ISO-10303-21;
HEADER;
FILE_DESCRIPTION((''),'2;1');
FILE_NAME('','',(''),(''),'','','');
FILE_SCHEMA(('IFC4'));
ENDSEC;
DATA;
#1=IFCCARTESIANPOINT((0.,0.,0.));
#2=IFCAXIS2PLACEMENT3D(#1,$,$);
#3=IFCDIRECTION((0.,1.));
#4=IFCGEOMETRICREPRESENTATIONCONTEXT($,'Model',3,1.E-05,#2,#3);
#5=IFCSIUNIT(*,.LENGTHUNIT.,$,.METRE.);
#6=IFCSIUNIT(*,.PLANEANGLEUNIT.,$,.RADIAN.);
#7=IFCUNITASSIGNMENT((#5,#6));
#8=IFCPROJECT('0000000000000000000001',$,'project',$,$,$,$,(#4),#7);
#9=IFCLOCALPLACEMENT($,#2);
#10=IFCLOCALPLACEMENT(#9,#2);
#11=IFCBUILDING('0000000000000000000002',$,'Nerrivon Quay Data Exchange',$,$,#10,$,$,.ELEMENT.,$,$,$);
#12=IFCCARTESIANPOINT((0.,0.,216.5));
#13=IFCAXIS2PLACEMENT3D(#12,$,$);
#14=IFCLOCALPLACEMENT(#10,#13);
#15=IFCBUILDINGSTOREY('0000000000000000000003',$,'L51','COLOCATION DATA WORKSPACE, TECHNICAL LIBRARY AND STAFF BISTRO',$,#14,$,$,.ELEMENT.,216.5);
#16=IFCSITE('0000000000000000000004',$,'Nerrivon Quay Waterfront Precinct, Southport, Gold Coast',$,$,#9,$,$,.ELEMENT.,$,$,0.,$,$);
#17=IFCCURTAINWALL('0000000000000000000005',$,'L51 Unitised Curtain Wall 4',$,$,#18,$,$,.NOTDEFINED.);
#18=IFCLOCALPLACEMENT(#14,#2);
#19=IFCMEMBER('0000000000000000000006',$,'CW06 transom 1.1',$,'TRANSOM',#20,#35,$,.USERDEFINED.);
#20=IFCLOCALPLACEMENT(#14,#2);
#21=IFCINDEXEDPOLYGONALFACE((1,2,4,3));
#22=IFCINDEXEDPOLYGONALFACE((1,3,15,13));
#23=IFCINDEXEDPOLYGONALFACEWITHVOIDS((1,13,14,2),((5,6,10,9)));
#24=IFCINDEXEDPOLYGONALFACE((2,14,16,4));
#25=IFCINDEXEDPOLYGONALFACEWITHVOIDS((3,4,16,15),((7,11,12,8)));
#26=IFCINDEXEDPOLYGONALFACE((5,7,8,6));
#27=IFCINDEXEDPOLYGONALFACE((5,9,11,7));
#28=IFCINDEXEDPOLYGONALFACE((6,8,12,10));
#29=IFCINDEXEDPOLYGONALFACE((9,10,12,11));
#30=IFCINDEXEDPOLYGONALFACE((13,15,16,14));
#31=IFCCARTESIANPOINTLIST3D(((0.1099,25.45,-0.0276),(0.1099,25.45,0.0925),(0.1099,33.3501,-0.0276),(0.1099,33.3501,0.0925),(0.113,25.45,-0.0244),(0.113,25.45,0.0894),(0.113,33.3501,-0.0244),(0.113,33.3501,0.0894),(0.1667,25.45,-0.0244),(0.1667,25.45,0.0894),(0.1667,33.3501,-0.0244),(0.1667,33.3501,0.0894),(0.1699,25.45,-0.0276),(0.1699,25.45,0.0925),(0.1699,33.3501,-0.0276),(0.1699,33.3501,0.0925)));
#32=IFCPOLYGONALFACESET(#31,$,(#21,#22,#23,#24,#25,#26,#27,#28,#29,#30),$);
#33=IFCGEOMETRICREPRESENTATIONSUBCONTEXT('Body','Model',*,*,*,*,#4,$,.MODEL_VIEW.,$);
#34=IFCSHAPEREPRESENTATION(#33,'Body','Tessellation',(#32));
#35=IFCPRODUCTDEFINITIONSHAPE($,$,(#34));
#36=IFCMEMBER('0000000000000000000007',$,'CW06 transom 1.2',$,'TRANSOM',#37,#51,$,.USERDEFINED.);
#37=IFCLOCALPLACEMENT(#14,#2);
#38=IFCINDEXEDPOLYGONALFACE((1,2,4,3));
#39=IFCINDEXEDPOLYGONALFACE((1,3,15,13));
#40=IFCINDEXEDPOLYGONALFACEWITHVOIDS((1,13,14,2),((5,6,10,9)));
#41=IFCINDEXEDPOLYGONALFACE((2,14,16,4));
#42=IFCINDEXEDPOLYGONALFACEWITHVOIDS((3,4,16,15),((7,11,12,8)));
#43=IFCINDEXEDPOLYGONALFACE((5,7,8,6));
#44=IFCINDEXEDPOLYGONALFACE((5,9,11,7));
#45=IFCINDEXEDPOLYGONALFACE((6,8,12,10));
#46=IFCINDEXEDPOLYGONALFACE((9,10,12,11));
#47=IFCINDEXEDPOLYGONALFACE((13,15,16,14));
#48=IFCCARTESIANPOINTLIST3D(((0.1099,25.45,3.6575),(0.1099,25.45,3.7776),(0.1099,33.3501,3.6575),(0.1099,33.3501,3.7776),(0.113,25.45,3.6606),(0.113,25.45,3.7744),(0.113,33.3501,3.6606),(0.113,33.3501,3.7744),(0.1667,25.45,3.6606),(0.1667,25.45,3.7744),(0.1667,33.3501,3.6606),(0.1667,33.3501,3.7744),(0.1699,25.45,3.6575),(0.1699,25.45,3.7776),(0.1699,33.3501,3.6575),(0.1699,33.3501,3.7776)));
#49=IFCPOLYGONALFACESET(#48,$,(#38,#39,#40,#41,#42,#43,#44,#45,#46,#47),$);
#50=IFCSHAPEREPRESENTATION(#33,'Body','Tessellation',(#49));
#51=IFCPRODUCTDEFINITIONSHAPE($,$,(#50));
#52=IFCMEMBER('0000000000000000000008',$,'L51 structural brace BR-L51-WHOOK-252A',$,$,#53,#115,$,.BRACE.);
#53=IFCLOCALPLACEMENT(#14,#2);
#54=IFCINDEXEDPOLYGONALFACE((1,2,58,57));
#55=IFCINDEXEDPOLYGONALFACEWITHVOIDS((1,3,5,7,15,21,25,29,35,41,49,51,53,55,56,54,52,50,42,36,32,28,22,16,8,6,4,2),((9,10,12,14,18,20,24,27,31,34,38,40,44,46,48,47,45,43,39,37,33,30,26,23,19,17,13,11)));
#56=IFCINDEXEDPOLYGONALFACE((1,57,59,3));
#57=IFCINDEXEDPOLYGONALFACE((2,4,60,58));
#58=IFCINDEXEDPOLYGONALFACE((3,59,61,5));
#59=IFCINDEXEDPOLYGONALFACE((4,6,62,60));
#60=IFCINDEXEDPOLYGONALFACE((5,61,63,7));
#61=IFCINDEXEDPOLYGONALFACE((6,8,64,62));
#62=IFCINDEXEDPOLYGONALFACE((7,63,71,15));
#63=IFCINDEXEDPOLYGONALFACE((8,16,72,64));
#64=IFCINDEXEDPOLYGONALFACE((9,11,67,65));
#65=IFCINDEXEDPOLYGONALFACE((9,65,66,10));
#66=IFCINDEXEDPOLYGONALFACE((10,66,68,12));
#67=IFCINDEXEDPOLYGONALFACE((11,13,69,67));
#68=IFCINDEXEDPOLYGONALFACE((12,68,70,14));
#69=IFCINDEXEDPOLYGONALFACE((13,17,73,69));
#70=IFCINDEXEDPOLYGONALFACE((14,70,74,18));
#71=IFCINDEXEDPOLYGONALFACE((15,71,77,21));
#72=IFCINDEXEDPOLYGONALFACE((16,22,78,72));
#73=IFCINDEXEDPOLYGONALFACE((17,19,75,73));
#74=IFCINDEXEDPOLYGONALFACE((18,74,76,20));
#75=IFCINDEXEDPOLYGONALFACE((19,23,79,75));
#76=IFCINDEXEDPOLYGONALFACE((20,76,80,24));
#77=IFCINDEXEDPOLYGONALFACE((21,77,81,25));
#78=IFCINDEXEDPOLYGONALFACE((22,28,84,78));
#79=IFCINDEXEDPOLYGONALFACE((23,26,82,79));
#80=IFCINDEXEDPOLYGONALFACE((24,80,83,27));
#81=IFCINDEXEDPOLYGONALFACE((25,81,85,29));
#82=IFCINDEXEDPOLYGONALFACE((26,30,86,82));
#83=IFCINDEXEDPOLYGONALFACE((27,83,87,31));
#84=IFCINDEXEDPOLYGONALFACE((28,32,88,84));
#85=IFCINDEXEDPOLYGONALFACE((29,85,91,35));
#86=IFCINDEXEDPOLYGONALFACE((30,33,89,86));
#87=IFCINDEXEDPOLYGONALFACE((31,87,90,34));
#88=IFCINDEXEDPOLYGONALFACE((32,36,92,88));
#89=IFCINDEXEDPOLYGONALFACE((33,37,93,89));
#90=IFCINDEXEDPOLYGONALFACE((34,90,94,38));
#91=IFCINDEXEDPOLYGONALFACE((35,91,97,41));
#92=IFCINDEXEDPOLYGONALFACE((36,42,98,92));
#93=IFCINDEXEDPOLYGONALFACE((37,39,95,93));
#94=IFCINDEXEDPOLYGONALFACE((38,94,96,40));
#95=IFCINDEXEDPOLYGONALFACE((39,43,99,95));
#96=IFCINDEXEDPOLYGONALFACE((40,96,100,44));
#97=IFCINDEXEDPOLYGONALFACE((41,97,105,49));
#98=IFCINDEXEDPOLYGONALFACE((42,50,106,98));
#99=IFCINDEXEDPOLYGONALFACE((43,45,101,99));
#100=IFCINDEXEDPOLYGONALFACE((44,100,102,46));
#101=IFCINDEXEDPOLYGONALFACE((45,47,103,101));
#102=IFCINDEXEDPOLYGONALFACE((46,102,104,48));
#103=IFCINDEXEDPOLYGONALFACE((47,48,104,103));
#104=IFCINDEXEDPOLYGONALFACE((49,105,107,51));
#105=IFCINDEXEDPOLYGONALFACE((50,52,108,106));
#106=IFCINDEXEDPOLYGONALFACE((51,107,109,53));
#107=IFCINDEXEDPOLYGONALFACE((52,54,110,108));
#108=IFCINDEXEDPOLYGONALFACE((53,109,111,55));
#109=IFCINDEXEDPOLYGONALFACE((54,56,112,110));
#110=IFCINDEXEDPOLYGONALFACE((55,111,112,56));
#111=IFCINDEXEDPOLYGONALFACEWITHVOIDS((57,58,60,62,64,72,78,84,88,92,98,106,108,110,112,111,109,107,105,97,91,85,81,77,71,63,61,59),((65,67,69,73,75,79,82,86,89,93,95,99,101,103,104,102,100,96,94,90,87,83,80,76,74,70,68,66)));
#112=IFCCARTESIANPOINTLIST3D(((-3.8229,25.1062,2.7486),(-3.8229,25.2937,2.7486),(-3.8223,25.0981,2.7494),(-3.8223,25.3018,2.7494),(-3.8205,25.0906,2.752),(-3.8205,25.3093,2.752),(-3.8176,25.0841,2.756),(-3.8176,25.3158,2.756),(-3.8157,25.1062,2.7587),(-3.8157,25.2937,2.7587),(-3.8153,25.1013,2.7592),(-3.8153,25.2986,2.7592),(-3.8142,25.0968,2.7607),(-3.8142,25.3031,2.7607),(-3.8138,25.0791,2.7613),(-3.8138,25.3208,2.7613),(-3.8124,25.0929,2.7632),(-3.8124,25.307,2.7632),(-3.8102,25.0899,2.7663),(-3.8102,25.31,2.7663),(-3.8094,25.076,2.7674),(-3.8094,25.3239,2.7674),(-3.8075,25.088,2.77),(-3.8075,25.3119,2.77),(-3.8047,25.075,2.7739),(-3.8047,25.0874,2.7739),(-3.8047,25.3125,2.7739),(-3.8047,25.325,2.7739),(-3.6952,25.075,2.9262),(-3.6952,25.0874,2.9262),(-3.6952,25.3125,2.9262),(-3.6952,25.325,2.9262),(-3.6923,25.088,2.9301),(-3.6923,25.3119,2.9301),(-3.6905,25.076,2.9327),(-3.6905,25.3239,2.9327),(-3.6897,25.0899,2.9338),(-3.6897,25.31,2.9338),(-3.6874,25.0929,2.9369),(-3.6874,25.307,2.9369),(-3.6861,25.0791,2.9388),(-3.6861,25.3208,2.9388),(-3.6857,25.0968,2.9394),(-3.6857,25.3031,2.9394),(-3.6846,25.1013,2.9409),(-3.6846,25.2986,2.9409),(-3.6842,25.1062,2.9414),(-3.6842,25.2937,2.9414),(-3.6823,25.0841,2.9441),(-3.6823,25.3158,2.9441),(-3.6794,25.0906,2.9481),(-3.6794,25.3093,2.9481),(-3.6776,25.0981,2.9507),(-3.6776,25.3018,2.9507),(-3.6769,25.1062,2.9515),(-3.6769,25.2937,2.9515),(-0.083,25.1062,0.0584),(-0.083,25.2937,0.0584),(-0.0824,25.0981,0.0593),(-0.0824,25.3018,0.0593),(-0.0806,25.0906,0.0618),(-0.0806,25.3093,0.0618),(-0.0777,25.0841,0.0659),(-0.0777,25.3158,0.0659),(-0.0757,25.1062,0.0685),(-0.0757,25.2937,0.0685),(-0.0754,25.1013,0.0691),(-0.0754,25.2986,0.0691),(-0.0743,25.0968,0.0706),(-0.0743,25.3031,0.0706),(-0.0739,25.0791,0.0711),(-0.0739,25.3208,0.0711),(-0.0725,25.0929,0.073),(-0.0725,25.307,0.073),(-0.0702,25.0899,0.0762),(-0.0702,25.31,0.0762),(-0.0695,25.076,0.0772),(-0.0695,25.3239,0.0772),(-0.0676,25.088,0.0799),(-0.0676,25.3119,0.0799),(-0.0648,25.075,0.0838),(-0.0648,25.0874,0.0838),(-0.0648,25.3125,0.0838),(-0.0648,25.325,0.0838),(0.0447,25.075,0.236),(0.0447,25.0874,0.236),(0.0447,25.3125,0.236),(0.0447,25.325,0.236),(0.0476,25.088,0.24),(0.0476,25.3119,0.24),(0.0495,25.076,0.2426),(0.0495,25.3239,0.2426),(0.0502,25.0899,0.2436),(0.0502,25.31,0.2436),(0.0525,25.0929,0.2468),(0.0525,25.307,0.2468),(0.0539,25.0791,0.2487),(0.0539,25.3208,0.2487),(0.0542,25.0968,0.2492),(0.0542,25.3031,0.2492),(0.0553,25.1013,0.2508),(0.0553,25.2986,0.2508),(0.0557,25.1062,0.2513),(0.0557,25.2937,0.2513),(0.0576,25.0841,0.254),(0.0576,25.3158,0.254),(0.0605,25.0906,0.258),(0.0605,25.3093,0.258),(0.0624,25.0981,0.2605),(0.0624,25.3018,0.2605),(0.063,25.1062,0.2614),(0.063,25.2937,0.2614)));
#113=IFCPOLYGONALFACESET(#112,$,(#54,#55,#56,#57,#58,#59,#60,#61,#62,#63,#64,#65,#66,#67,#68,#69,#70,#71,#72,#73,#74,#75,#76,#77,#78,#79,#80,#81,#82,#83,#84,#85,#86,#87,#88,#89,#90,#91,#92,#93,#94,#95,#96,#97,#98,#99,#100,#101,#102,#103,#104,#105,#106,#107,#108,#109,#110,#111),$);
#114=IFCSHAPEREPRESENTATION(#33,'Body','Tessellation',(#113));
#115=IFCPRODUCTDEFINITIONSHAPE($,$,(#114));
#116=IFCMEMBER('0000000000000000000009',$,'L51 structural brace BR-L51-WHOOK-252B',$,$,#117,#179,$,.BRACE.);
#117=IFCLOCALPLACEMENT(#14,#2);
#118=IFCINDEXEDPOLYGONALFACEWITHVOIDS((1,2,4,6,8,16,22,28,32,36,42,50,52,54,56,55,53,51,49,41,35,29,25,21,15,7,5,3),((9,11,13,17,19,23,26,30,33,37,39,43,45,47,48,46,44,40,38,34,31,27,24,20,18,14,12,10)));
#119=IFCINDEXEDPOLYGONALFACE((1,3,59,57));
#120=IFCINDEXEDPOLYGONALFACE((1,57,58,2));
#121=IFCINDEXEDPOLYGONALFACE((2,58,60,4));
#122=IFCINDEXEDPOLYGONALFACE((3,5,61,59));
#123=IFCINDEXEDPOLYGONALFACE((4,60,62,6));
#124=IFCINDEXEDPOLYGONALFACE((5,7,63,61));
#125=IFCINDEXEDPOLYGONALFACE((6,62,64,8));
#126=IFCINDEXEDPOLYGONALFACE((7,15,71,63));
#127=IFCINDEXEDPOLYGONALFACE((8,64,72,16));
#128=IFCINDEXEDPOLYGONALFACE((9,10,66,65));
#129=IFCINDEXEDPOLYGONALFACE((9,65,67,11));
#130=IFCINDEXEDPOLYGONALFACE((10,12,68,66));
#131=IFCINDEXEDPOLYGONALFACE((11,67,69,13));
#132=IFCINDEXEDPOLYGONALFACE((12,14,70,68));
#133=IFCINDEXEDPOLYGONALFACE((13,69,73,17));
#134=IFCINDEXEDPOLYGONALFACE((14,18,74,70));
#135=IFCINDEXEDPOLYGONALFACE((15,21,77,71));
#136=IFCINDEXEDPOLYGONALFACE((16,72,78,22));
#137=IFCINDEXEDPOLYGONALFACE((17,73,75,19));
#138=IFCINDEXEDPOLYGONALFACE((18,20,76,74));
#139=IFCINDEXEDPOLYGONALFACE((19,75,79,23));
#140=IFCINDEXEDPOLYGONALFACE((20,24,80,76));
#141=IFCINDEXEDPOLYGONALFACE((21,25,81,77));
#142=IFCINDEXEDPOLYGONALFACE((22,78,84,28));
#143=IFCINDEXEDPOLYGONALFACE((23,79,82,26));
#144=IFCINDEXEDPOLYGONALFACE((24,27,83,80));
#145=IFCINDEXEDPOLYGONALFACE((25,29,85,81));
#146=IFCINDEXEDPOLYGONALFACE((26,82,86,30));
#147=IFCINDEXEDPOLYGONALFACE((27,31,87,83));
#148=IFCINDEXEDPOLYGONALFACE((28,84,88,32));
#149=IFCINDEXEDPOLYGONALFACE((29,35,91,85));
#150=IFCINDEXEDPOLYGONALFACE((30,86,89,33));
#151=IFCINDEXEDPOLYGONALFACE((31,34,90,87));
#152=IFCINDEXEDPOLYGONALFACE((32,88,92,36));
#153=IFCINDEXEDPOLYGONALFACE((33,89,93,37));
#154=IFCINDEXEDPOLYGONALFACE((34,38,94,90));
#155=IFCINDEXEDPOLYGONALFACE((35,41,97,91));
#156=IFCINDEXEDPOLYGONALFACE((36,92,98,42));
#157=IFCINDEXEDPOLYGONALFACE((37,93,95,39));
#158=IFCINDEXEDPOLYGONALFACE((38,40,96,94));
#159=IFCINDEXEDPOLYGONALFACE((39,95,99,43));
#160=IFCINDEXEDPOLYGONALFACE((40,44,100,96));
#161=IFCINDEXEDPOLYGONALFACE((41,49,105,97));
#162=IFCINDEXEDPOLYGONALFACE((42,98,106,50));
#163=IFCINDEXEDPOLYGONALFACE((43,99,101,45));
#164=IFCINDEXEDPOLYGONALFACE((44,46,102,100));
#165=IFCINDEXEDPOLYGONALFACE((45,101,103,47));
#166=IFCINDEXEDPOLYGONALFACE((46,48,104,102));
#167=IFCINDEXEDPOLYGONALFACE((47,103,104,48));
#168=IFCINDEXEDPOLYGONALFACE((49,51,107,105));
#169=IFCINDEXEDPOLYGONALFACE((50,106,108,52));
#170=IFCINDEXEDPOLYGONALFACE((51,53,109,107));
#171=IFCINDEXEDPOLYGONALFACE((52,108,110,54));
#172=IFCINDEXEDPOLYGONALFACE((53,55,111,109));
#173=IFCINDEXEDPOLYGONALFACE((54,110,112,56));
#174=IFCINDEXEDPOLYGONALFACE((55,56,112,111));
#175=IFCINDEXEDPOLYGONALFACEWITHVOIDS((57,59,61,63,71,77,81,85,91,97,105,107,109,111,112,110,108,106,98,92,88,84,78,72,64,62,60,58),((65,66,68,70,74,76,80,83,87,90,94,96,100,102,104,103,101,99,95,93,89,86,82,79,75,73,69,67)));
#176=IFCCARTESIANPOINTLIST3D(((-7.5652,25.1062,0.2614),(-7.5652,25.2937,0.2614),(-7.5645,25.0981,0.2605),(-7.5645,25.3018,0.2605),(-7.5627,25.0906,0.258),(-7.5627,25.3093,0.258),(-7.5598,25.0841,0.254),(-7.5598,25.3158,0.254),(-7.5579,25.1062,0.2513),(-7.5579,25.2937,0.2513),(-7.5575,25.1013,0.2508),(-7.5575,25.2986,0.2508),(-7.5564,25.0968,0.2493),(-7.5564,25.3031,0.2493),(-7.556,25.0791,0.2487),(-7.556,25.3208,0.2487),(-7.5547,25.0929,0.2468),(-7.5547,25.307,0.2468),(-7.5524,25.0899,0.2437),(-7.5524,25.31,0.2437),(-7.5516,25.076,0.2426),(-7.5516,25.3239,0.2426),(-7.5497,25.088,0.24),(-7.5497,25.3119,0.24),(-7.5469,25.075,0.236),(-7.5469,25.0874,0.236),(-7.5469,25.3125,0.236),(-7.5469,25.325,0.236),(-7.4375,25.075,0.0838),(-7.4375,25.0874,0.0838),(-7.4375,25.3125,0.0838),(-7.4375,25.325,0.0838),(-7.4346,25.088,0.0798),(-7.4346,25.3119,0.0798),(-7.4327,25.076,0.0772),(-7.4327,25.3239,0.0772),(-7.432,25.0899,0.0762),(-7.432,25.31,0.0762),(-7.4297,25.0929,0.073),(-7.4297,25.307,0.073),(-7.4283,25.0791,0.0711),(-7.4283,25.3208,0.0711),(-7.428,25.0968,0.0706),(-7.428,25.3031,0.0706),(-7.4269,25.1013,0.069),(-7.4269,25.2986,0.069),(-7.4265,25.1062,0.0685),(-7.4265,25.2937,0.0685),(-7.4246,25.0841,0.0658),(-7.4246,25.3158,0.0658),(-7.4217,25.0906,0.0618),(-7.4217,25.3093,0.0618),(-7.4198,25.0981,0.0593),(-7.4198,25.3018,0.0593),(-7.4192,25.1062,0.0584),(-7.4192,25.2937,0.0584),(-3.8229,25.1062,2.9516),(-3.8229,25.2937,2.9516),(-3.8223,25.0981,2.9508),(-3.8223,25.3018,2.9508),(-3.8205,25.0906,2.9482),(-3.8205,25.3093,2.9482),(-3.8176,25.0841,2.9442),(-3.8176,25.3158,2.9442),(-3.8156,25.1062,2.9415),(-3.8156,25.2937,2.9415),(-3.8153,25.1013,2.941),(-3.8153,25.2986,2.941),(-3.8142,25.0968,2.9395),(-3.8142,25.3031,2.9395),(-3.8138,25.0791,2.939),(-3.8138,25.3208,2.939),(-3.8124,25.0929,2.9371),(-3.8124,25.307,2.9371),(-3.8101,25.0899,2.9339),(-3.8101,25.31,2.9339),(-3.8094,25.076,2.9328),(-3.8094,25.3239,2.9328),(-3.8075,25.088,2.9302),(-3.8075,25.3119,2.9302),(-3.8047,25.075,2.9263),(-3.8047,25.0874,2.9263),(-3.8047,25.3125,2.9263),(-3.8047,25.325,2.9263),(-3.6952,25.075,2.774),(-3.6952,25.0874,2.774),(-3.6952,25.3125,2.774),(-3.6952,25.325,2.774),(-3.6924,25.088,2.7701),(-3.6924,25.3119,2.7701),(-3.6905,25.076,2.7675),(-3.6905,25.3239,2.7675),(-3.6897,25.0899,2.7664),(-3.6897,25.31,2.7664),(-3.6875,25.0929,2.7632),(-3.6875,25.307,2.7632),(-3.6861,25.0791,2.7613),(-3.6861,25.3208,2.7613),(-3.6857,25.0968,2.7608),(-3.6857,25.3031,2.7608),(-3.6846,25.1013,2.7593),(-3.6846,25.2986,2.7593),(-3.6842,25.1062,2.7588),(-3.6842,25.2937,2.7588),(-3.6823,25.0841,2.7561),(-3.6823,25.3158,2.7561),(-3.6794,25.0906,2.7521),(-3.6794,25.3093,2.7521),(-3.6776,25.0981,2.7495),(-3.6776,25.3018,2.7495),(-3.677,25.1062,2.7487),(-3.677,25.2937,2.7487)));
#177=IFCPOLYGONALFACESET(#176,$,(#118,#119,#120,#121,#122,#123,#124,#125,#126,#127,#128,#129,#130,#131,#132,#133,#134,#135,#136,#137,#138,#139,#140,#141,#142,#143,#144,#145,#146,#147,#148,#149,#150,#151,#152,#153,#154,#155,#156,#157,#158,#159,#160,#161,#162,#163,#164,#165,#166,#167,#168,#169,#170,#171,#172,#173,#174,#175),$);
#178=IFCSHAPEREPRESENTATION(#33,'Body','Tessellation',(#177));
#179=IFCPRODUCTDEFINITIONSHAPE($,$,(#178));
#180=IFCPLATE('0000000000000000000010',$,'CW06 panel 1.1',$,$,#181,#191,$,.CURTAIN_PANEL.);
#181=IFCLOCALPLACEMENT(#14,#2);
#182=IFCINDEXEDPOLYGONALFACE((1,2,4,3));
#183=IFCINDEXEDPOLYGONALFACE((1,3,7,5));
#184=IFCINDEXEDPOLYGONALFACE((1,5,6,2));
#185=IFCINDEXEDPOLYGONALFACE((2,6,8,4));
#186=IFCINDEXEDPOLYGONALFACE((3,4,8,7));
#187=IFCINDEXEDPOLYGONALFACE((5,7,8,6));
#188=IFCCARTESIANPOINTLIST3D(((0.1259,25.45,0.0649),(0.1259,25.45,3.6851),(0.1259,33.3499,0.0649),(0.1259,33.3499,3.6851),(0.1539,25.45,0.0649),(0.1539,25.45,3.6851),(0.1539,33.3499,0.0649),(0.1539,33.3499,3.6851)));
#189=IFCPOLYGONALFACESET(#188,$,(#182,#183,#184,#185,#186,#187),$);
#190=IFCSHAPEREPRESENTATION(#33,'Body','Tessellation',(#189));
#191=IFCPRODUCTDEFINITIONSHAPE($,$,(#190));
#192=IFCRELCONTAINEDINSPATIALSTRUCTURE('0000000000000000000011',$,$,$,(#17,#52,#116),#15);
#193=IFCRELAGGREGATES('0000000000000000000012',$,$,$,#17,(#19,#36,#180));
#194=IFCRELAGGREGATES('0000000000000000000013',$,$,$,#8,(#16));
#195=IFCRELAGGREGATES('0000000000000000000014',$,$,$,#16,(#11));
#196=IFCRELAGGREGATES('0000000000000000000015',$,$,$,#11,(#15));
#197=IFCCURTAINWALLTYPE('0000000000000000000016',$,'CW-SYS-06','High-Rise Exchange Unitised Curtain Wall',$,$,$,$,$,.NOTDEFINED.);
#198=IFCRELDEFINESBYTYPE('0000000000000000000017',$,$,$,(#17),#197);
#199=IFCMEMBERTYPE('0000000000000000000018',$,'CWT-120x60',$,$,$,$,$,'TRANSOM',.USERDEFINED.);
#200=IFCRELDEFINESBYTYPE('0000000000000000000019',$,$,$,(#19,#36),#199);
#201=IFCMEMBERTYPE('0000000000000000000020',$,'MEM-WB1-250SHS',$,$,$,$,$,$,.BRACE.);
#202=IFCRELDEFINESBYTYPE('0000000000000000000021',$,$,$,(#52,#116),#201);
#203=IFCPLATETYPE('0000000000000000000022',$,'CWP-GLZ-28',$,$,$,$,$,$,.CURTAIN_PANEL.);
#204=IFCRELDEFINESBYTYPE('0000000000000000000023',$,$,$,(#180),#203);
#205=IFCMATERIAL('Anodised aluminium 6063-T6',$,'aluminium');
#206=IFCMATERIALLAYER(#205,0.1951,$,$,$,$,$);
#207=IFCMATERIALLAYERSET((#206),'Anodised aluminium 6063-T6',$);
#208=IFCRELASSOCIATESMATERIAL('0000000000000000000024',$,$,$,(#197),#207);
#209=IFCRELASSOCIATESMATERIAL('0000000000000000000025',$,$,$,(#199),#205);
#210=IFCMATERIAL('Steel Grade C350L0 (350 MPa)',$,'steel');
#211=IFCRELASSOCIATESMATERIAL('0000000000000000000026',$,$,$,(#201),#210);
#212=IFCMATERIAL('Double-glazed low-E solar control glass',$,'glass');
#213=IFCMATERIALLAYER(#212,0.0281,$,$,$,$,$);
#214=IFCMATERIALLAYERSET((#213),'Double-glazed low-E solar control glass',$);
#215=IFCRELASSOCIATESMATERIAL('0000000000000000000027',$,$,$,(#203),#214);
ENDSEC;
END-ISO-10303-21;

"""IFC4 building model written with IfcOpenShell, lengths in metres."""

from ifc_helpers import new_model, si_unit, direction, frame, origin, origin_2d, place, context, subcontext, project, spatial, rectangle, hollow_rectangle, extrude, material, layer, layer_set, material_profile, profile_set, type_object, element, aggregate, save


model = new_model("IFC4")

# Units and contexts
model_context = context("Model", 3, precision=1e-05, world=origin(), true_north=direction((0.0, 1.0)))
body_context = subcontext(model_context, "Body", "Model", "MODEL_VIEW")
ifc_project = project(units=[si_unit("LENGTHUNIT", "METRE"), si_unit("PLANEANGLEUNIT", "RADIAN")], contexts=[model_context])

# Site, building, storey
site_placement = place(None, origin())
site = spatial("IfcSite", under=ifc_project, at=site_placement, Name="Nerrivon Quay Waterfront Precinct, Southport, Gold Coast", CompositionType="ELEMENT", RefElevation=0.0)
building_placement = place(site_placement, origin())
building = spatial("IfcBuilding", under=site, at=building_placement, Name="Nerrivon Quay Data Exchange", CompositionType="ELEMENT")
storey_placement = place(building_placement, frame((0.0, 0.0, 216.5)))
storey = spatial("IfcBuildingStorey", under=building, at=storey_placement, Name="L51", Description="COLOCATION DATA WORKSPACE, TECHNICAL LIBRARY AND STAFF BISTRO", CompositionType="ELEMENT", Elevation=216.5)

# Curtain wall, members
ifc_material_1 = material(Name="Anodised aluminium 6063-T6", Category="aluminium")
ifc_layer_1 = layer(ifc_material_1, 0.1951)
ifc_layer_set_1 = layer_set([ifc_layer_1], Name="Anodised aluminium 6063-T6")
curtain_wall_type = type_object("IfcCurtainWallType", Name="CW-SYS-06", Description="High-Rise Exchange Unitised Curtain Wall", PredefinedType="NOTDEFINED", material=ifc_layer_set_1)
curtain_wall_placement = place(storey_placement, origin())
curtain_wall = element("IfcCurtainWall", 1, at=curtain_wall_placement, inside=storey, type_object=curtain_wall_type, Name="L51 Unitised Curtain Wall 4", PredefinedType="NOTDEFINED")
ifc_material_profile_1 = material_profile(ifc_material_1, hollow_rectangle(XDim=0.0601, YDim=0.1201, WallThickness=0.0032, at=origin_2d()), Name="ALU-TRAN-120x60")
ifc_profile_set_1 = profile_set([ifc_material_profile_1], Name="Anodised aluminium 6063-T6")
member_type_1 = type_object("IfcMemberType", Name="CWT-120x60", ElementType="TRANSOM", PredefinedType="USERDEFINED", material=ifc_profile_set_1)
member_1_placement = place(storey_placement, frame((0.1399, 25.45, 0.0325), z_axis=(0.0, 1.0, 0.0), x_axis=(-1.0, 0.0, 0.0)))
member_1 = element("IfcMember", 2, at=member_1_placement, type_object=member_type_1, Name="CW06 transom 1.1", ObjectType="TRANSOM", PredefinedType="USERDEFINED", context=body_context, shape_type="SweptSolid", body=[
    extrude(hollow_rectangle(XDim=0.0601, YDim=0.1201, WallThickness=0.0032, at=origin_2d()), origin(), (0.0, 0.0, 1.0), 7.9001),
])
member_2_placement = place(storey_placement, frame((0.1399, 25.45, 3.7175), z_axis=(0.0, 1.0, 0.0), x_axis=(-1.0, 0.0, 0.0)))
member_2 = element("IfcMember", 3, at=member_2_placement, type_object=member_type_1, Name="CW06 transom 1.2", ObjectType="TRANSOM", PredefinedType="USERDEFINED", context=body_context, shape_type="SweptSolid", body=[
    extrude(hollow_rectangle(XDim=0.0601, YDim=0.1201, WallThickness=0.0032, at=origin_2d()), origin(), (0.0, 0.0, 1.0), 7.9001),
])

# Members
ifc_material_2 = material(Name="Steel Grade C350L0 (350 MPa)", Category="steel")
ifc_material_profile_2 = material_profile(ifc_material_2, hollow_rectangle(XDim=0.25, YDim=0.25, WallThickness=0.0125, InnerFilletRadius=0.0188, OuterFilletRadius=0.0312, at=origin_2d()), Name="250x250x12.5SHS")
ifc_profile_set_2 = profile_set([ifc_material_profile_2], Name="Steel Grade C350L0 (350 MPa)")
member_type_2 = type_object("IfcMemberType", Name="MEM-WB1-250SHS", PredefinedType="BRACE", material=ifc_profile_set_2)
member_3_placement = place(storey_placement, frame((-0.01, 25.2, 0.1599), z_axis=(-0.811803, 0.0, 0.583932), x_axis=(0.0, -1.0, 0.0)))
element("IfcMember", 4, at=member_3_placement, inside=storey, type_object=member_type_2, Name="L51 structural brace BR-L51-WHOOK-252A", PredefinedType="BRACE", context=body_context, shape_type="SweptSolid", body=[
    extrude(hollow_rectangle(XDim=0.25, YDim=0.25, WallThickness=0.0125, InnerFilletRadius=0.0188, OuterFilletRadius=0.0312, at=origin_2d()), origin(), (0.0, 0.0, 1.0), 4.6069),
])
member_4_placement = place(storey_placement, frame((-7.4922, 25.2, 0.1599), z_axis=(0.811965, 0.0, 0.583706), x_axis=(0.0, 1.0, 0.0)))
element("IfcMember", 5, at=member_4_placement, inside=storey, type_object=member_type_2, Name="L51 structural brace BR-L51-WHOOK-252B", PredefinedType="BRACE", context=body_context, shape_type="SweptSolid", body=[
    extrude(hollow_rectangle(XDim=0.25, YDim=0.25, WallThickness=0.0125, InnerFilletRadius=0.0188, OuterFilletRadius=0.0312, at=origin_2d()), origin(), (0.0, 0.0, 1.0), 4.6089),
])

# Plate
ifc_material_3 = material(Name="Double-glazed low-E solar control glass", Category="glass")
ifc_layer_2 = layer(ifc_material_3, 0.0281)
ifc_layer_set_2 = layer_set([ifc_layer_2], Name="Double-glazed low-E solar control glass")
plate_type_1 = type_object("IfcPlateType", Name="CWP-GLZ-28", PredefinedType="CURTAIN_PANEL", material=ifc_layer_set_2)
plate_placement = place(storey_placement, frame((0.1399, 29.3999, 0.0649), z_axis=(0.0, 0.0, 1.0), x_axis=(0.0, 1.0, 0.0)))
plate = element("IfcPlate", 6, at=plate_placement, type_object=plate_type_1, Name="CW06 panel 1.1", PredefinedType="CURTAIN_PANEL", context=body_context, shape_type="SweptSolid", body=[
    extrude(rectangle(XDim=7.8999, YDim=0.0281, at=origin_2d()), origin(), (0.0, 0.0, 1.0), 3.6201),
])
aggregate(curtain_wall, [member_1, member_2, plate])

save(model, "model.ifc")
